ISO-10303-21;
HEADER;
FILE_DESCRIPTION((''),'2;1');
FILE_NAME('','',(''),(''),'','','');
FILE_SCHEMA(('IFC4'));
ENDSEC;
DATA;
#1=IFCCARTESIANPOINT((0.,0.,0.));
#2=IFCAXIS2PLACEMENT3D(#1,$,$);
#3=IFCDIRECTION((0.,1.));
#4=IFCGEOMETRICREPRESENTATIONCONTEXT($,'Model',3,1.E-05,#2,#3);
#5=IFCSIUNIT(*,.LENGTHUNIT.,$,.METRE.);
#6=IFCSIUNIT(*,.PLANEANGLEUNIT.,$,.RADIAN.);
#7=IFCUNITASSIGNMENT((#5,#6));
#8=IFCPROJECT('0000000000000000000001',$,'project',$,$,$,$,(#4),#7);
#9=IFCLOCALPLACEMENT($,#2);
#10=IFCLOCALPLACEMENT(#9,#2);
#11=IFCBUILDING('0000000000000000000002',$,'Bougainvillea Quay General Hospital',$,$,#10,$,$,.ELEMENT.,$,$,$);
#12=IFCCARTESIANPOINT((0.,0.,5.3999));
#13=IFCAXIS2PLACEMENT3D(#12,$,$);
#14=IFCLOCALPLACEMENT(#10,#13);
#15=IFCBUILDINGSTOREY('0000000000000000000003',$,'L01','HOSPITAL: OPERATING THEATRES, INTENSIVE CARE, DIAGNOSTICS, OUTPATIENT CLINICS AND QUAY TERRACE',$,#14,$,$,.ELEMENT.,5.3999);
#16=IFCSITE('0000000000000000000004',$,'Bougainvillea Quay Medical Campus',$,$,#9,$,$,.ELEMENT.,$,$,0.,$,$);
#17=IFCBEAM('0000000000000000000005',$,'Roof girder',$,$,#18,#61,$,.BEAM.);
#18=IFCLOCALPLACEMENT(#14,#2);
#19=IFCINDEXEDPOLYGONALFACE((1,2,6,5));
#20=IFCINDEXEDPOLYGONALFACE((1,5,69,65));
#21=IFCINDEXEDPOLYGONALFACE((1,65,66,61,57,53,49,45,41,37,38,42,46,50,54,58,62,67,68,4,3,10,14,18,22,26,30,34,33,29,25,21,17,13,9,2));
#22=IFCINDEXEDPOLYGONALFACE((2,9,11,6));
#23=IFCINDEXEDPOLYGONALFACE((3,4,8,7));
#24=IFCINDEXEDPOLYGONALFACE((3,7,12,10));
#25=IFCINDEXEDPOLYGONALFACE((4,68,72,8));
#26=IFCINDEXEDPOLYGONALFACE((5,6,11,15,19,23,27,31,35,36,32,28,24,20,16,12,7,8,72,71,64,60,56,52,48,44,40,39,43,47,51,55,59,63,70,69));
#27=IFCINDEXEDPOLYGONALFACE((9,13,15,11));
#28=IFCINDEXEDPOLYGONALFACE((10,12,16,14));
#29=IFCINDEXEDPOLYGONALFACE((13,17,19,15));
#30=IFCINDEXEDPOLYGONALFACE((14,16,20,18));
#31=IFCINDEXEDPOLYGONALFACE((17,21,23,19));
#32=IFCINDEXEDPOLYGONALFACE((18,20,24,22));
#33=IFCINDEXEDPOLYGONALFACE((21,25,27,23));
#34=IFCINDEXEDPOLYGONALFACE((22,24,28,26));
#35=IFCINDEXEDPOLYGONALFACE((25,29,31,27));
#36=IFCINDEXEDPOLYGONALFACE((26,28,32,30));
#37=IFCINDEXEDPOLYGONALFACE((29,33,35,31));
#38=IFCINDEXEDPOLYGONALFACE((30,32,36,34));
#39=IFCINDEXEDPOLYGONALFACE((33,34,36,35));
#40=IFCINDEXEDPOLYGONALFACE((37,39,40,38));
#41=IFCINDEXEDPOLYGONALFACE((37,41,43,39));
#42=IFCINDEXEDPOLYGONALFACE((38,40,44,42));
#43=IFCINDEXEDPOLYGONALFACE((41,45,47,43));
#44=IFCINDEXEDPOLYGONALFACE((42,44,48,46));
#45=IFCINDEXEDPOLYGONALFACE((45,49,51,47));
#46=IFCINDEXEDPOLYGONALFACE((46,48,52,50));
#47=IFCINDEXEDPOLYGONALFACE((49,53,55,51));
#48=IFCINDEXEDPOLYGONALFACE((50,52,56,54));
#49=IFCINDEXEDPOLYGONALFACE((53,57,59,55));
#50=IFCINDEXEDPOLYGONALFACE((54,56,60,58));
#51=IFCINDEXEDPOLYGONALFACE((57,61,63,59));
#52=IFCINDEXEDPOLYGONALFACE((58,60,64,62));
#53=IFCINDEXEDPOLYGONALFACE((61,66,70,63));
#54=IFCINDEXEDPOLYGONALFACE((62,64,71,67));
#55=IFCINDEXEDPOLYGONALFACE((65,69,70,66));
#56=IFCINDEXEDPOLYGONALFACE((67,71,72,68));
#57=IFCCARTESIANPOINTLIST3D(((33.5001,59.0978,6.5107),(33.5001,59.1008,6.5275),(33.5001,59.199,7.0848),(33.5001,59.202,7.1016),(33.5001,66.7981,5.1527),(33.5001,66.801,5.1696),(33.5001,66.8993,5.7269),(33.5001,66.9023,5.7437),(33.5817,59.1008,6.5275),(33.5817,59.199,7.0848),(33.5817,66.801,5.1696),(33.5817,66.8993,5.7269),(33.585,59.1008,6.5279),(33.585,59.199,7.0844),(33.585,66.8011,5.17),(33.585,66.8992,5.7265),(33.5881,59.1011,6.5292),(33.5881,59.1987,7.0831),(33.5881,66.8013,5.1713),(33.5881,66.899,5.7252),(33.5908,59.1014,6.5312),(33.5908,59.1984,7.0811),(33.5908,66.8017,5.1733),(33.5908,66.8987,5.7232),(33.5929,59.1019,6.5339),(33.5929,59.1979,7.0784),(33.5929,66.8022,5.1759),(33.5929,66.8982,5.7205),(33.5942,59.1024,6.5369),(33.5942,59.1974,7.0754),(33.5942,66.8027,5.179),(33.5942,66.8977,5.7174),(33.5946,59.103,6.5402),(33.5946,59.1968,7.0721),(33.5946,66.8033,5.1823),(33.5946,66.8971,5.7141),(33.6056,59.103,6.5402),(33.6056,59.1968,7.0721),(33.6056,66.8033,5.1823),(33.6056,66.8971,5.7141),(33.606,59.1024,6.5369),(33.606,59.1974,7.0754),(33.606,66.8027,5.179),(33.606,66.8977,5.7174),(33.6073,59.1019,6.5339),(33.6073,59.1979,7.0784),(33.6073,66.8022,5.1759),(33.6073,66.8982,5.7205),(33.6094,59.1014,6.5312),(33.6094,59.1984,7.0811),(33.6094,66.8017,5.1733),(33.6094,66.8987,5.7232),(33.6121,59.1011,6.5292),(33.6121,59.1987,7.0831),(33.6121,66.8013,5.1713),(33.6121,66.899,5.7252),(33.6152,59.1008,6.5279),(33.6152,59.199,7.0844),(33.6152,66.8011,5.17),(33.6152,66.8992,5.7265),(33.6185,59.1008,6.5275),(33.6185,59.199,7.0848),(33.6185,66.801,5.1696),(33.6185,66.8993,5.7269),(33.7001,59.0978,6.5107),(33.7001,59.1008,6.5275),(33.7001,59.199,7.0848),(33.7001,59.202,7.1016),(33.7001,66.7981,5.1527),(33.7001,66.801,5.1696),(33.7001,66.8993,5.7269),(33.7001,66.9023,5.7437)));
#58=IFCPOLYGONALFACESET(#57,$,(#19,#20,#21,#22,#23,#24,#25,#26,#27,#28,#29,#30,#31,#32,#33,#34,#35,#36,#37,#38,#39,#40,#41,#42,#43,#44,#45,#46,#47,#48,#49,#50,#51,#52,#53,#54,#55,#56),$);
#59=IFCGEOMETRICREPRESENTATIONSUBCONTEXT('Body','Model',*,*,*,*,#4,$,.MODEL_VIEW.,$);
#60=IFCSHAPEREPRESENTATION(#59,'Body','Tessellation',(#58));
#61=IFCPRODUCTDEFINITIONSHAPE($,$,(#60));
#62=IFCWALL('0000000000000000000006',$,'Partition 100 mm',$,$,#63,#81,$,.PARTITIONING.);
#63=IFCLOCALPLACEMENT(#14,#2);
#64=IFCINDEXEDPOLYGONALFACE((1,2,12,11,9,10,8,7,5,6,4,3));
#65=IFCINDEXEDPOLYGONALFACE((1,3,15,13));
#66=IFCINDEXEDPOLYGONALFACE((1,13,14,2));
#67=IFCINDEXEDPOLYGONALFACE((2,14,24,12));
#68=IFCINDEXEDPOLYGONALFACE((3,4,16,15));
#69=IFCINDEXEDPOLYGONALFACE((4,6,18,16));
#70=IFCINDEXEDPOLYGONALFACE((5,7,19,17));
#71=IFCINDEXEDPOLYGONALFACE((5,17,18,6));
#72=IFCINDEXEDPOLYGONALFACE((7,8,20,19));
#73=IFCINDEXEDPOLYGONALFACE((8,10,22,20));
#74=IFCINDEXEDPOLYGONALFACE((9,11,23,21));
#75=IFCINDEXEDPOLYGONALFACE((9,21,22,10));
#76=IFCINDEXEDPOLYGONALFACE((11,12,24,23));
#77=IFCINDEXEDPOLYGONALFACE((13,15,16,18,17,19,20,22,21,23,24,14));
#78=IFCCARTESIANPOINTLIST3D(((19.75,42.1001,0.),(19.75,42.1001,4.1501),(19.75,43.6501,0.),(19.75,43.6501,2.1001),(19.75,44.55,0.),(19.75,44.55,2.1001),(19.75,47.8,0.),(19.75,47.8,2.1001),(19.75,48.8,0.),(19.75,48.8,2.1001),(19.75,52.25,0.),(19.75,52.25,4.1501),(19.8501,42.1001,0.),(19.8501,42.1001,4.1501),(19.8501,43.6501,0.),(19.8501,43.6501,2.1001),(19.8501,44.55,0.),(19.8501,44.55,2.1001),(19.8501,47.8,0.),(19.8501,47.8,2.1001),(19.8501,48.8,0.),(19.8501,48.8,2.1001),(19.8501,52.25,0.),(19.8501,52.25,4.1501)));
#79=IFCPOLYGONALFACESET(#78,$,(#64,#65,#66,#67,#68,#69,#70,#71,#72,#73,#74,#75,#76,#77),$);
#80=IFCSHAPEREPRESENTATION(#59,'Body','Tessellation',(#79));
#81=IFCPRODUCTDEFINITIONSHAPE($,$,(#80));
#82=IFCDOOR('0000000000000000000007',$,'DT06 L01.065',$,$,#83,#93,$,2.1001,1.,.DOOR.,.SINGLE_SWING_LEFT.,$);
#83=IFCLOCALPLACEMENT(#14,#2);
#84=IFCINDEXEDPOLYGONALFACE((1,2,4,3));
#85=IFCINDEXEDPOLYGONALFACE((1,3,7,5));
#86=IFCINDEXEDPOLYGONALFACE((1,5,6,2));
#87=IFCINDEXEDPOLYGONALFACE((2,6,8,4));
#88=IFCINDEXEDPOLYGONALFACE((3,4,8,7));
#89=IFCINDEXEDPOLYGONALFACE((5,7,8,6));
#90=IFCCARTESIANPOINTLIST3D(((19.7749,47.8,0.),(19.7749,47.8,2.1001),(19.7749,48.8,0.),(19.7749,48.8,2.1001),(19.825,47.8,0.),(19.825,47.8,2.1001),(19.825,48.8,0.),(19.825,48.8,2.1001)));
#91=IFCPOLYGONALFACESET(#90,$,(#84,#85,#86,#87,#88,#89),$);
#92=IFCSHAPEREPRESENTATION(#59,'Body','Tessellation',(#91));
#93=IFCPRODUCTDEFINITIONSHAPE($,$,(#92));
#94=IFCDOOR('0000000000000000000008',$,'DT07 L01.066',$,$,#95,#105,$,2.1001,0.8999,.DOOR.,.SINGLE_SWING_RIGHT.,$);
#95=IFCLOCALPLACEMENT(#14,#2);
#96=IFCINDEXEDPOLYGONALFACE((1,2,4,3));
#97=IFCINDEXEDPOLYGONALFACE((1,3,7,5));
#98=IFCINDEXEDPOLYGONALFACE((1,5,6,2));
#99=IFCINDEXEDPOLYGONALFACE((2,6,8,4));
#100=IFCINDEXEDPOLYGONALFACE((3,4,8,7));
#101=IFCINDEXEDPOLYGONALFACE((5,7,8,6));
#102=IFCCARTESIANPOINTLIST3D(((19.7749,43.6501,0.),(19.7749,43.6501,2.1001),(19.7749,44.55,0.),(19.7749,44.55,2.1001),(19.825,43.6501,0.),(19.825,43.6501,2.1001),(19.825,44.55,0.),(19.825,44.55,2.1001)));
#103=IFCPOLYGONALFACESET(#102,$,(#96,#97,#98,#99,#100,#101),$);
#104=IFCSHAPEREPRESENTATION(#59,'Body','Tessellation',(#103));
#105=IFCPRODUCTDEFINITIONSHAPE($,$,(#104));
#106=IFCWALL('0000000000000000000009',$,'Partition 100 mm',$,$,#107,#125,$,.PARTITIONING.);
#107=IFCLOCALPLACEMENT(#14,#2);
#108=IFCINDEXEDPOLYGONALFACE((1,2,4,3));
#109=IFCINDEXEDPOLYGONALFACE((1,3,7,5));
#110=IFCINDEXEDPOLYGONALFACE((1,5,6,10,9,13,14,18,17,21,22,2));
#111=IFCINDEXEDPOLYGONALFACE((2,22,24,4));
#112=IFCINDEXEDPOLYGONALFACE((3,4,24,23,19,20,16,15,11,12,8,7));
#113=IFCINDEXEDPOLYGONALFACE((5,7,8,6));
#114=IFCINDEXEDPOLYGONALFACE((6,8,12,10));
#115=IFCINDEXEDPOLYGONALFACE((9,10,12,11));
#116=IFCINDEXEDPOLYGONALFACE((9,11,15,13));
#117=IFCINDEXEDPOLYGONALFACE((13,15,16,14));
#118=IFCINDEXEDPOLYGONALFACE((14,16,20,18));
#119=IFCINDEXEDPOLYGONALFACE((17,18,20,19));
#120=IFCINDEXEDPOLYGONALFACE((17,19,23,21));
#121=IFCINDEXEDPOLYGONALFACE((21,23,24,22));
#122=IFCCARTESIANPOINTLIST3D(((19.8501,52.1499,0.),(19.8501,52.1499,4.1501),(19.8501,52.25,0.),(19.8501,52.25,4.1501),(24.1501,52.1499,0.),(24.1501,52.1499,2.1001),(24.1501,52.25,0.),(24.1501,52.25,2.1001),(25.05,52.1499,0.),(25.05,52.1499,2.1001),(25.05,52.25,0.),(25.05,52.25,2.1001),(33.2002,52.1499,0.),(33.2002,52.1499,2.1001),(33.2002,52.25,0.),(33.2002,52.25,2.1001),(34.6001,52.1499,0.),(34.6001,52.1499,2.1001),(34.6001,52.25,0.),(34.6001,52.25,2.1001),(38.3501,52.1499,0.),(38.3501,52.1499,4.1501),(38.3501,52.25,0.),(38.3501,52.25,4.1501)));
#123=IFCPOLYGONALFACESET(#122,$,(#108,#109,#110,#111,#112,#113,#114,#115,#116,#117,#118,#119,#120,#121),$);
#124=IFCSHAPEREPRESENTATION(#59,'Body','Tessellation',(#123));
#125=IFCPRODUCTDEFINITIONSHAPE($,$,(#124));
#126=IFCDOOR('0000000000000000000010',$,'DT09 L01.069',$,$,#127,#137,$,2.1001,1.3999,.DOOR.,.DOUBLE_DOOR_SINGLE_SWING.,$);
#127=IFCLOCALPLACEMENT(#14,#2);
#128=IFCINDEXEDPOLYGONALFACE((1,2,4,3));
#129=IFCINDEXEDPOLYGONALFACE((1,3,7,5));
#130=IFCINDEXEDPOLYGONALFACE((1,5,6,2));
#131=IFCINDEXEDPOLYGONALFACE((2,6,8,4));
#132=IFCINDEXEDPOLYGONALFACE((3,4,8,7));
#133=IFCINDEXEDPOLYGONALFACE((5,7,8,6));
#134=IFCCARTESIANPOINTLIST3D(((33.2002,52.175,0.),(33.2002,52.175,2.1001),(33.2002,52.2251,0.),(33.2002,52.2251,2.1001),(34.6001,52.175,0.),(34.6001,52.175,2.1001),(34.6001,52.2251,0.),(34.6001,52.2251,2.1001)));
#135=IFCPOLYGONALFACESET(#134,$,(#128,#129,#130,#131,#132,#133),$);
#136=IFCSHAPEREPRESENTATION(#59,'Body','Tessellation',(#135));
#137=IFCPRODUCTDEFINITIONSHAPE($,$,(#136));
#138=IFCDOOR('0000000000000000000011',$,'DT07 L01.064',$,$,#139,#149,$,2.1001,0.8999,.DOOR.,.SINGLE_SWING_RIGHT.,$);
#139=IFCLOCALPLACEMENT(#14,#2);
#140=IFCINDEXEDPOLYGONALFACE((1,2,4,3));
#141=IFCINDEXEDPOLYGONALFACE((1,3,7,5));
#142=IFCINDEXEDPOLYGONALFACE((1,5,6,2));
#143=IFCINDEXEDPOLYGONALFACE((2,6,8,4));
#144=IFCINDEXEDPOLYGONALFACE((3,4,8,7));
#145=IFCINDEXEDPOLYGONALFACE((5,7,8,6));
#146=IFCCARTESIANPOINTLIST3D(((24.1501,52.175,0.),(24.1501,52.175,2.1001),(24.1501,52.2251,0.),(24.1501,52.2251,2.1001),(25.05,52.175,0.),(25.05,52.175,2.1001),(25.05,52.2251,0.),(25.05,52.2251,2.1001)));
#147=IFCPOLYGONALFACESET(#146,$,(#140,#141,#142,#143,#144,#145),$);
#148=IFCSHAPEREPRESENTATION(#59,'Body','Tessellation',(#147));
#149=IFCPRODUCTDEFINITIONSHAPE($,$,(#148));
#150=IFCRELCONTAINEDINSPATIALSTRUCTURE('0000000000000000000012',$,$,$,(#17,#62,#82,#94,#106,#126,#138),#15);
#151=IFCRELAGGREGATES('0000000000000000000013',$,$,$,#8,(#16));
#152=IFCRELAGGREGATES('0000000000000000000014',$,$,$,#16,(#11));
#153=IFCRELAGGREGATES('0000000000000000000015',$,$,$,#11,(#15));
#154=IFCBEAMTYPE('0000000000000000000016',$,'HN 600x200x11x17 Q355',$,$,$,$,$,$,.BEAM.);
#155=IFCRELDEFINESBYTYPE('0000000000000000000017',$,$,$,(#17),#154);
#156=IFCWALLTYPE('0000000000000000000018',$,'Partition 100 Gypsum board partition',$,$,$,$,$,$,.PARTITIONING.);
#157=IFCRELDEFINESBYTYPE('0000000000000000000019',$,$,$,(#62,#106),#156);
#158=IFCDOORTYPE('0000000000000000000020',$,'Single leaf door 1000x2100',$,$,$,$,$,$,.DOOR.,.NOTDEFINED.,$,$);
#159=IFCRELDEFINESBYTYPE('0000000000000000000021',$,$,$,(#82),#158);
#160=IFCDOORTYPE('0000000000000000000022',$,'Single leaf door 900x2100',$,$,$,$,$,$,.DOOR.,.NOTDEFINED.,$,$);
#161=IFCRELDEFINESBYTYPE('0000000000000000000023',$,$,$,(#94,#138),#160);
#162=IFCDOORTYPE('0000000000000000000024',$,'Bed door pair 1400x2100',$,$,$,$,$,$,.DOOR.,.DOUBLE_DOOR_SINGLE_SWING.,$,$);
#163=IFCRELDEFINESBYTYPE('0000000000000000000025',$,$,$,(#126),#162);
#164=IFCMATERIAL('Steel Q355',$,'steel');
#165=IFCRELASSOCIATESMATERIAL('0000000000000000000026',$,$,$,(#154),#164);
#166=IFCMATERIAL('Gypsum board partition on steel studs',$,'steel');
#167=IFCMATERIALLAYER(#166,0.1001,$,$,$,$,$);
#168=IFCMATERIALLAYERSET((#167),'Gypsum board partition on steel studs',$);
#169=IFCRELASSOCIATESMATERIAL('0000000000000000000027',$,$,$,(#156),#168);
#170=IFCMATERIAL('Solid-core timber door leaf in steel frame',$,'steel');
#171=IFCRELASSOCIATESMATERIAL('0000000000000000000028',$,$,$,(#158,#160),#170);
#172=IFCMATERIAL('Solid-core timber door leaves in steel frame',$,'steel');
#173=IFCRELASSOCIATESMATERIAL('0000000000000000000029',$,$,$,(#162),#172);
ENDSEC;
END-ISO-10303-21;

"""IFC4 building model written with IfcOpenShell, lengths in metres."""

from ifc_helpers import new_model, si_unit, direction, frame, frame_2d, origin, origin_2d, place, context, subcontext, project, spatial, rectangle, i_section, extrude, material, layer, layer_set, material_profile, profile_set, type_object, element, fill, save


model = new_model("IFC4")

# Units and contexts
model_context = context("Model", 3, precision=1e-05, world=origin(), true_north=direction((0.0, 1.0)))
body_context = subcontext(model_context, "Body", "Model", "MODEL_VIEW")
ifc_project = project(units=[si_unit("LENGTHUNIT", "METRE"), si_unit("PLANEANGLEUNIT", "RADIAN")], contexts=[model_context])

# Site, building, storey
site_placement = place(None, origin())
site = spatial("IfcSite", under=ifc_project, at=site_placement, Name="Bougainvillea Quay Medical Campus", CompositionType="ELEMENT", RefElevation=0.0)
building_placement = place(site_placement, origin())
building = spatial("IfcBuilding", under=site, at=building_placement, Name="Bougainvillea Quay General Hospital", CompositionType="ELEMENT")
storey_placement = place(building_placement, frame((0.0, 0.0, 5.3999)))
storey = spatial("IfcBuildingStorey", under=building, at=storey_placement, Name="L01", Description="HOSPITAL: OPERATING THEATRES, INTENSIVE CARE, DIAGNOSTICS, OUTPATIENT CLINICS AND QUAY TERRACE", CompositionType="ELEMENT", Elevation=5.3999)

# Beam
ifc_material_1 = material(Name="Steel Q355", Category="steel")
ifc_material_profile_1 = material_profile(ifc_material_1, i_section(OverallWidth=0.2, OverallDepth=0.6001, WebThickness=0.011, FlangeThickness=0.0171, FilletRadius=0.0129, at=origin_2d()))
ifc_profile_set_1 = profile_set([ifc_material_profile_1], Name="Steel Q355")
beam_type = type_object("IfcBeamType", Name="HN 600x200x11x17 Q355", PredefinedType="BEAM", material=ifc_profile_set_1)
for number, where, z_axis, x_axis, name in (
    (1, (33.6001, 59.1499, 6.8062), (0.0, 0.984804, -0.173668), (-1.0, 0.0, 0.0), "Roof girder"),
):
    element("IfcBeam", number, at=place(storey_placement, frame(where, z_axis=z_axis, x_axis=x_axis)), inside=storey, type_object=beam_type, Name=name, PredefinedType="BEAM", context=body_context, shape_type="SweptSolid", body=[
        extrude(i_section(OverallWidth=0.2, OverallDepth=0.6001, WebThickness=0.011, FlangeThickness=0.0171, FilletRadius=0.0129, at=origin_2d()), origin(), (0.0, 0.0, 1.0), 7.8191),
    ])

# Walls, openings, doors
ifc_material_2 = material(Name="Gypsum board partition on steel studs", Category="steel")
ifc_layer_1 = layer(ifc_material_2, 0.1001)
ifc_layer_set_1 = layer_set([ifc_layer_1], Name="Gypsum board partition on steel studs")
wall_type_1 = type_object("IfcWallType", Name="Partition 100 Gypsum board partition", PredefinedType="PARTITIONING", material=ifc_layer_set_1)
wall_1_placement = place(storey_placement, frame((19.8, 52.25, 0.0), z_axis=(0.0, 0.0, 1.0), x_axis=(0.0, -1.0, 0.0)))
wall_1 = element("IfcWall", 2, at=wall_1_placement, inside=storey, type_object=wall_type_1, Name="Partition 100 mm", PredefinedType="PARTITIONING", context=body_context, shape_type="SweptSolid", body=[
    extrude(rectangle(XDim=10.1499, YDim=0.1001, at=frame_2d((5.075, 0.0))), origin(), (0.0, 0.0, 1.0), 4.1501),
])
opening_1_placement = place(wall_1_placement, frame((3.45, 0.0, 0.0)))
opening_1 = element("IfcOpeningElement", 3, at=opening_1_placement, cuts=wall_1, PredefinedType="OPENING", context=body_context, shape_type="SweptSolid", body=[
    extrude(rectangle(XDim=1.0, YDim=2.1001, at=frame_2d((0.5, 1.05))), frame((0.0, 0.0601, 0.0), z_axis=(0.0, -1.0, 0.0), x_axis=(1.0, 0.0, 0.0)), (0.0, 0.0, 1.0), 0.1201),
])
opening_2_placement = place(wall_1_placement, frame((7.7, 0.0, 0.0)))
opening_2 = element("IfcOpeningElement", 4, at=opening_2_placement, cuts=wall_1, PredefinedType="OPENING", context=body_context, shape_type="SweptSolid", body=[
    extrude(rectangle(XDim=0.8999, YDim=2.1001, at=frame_2d((0.45, 1.05))), frame((0.0, 0.0601, 0.0), z_axis=(0.0, -1.0, 0.0), x_axis=(1.0, 0.0, 0.0)), (0.0, 0.0, 1.0), 0.1201),
])
ifc_material_3 = material(Name="Solid-core timber door leaf in steel frame", Category="steel")
door_type_1 = type_object("IfcDoorType", Name="Single leaf door 1000x2100", OperationType="NOTDEFINED", PredefinedType="DOOR", material=ifc_material_3)
door_1_placement = place(opening_1_placement, origin())
door_1 = element("IfcDoor", 5, at=door_1_placement, inside=storey, type_object=door_type_1, Name="DT06 L01.065", OperationType="SINGLE_SWING_LEFT", OverallHeight=2.1001, OverallWidth=1.0, PredefinedType="DOOR", context=body_context, shape_type="SweptSolid", body=[
    extrude(rectangle(XDim=1.0, YDim=2.1001, at=frame_2d((0.5, 1.05))), frame((0.0, 0.0249, 0.0), z_axis=(0.0, -1.0, 0.0), x_axis=(1.0, 0.0, 0.0)), (0.0, 0.0, 1.0), 0.05),
])
fill(opening_1, door_1)
door_type_2 = type_object("IfcDoorType", Name="Single leaf door 900x2100", OperationType="NOTDEFINED", PredefinedType="DOOR", material=ifc_material_3)
door_2_placement = place(opening_2_placement, origin())
door_2 = element("IfcDoor", 6, at=door_2_placement, inside=storey, type_object=door_type_2, Name="DT07 L01.066", OperationType="SINGLE_SWING_RIGHT", OverallHeight=2.1001, OverallWidth=0.8999, PredefinedType="DOOR", context=body_context, shape_type="SweptSolid", body=[
    extrude(rectangle(XDim=0.8999, YDim=2.1001, at=frame_2d((0.45, 1.05))), frame((0.0, 0.0249, 0.0), z_axis=(0.0, -1.0, 0.0), x_axis=(1.0, 0.0, 0.0)), (0.0, 0.0, 1.0), 0.05),
])
fill(opening_2, door_2)
wall_2_placement = place(storey_placement, frame((19.8501, 52.2, 0.0), z_axis=(0.0, 0.0, 1.0), x_axis=(1.0, 0.0, 0.0)))
wall_2 = element("IfcWall", 7, at=wall_2_placement, inside=storey, type_object=wall_type_1, Name="Partition 100 mm", PredefinedType="PARTITIONING", context=body_context, shape_type="SweptSolid", body=[
    extrude(rectangle(XDim=18.5, YDim=0.1001, at=frame_2d((9.25, 0.0))), origin(), (0.0, 0.0, 1.0), 4.1501),
])
opening_3_placement = place(wall_2_placement, frame((4.3, 0.0, 0.0)))
opening_3 = element("IfcOpeningElement", 8, at=opening_3_placement, cuts=wall_2, PredefinedType="OPENING", context=body_context, shape_type="SweptSolid", body=[
    extrude(rectangle(XDim=0.8999, YDim=2.1001, at=frame_2d((0.45, 1.05))), frame((0.0, 0.0601, 0.0), z_axis=(0.0, -1.0, 0.0), x_axis=(1.0, 0.0, 0.0)), (0.0, 0.0, 1.0), 0.1201),
])
opening_4_placement = place(wall_2_placement, frame((13.3501, 0.0, 0.0)))
opening_4 = element("IfcOpeningElement", 9, at=opening_4_placement, cuts=wall_2, PredefinedType="OPENING", context=body_context, shape_type="SweptSolid", body=[
    extrude(rectangle(XDim=1.3999, YDim=2.1001, at=frame_2d((0.7, 1.05))), frame((0.0, 0.0601, 0.0), z_axis=(0.0, -1.0, 0.0), x_axis=(1.0, 0.0, 0.0)), (0.0, 0.0, 1.0), 0.1201),
])
ifc_material_4 = material(Name="Solid-core timber door leaves in steel frame", Category="steel")
door_type_3 = type_object("IfcDoorType", Name="Bed door pair 1400x2100", OperationType="DOUBLE_DOOR_SINGLE_SWING", PredefinedType="DOOR", material=ifc_material_4)
door_3_placement = place(opening_4_placement, frame((1.3999, 0.0, 0.0), z_axis=(0.0, 0.0, 1.0), x_axis=(-1.0, 0.0, 0.0)))
door_3 = element("IfcDoor", 10, at=door_3_placement, inside=storey, type_object=door_type_3, Name="DT09 L01.069", OperationType="DOUBLE_DOOR_SINGLE_SWING", OverallHeight=2.1001, OverallWidth=1.3999, PredefinedType="DOOR", context=body_context, shape_type="SweptSolid", body=[
    extrude(rectangle(XDim=1.3999, YDim=2.1001, at=frame_2d((0.7, 1.05))), frame((0.0, 0.0249, 0.0), z_axis=(0.0, -1.0, 0.0), x_axis=(1.0, 0.0, 0.0)), (0.0, 0.0, 1.0), 0.05),
])
fill(opening_4, door_3)
door_4_placement = place(opening_3_placement, frame((0.8999, 0.0, 0.0), z_axis=(0.0, 0.0, 1.0), x_axis=(-1.0, 0.0, 0.0)))
door_4 = element("IfcDoor", 11, at=door_4_placement, inside=storey, type_object=door_type_2, Name="DT07 L01.064", OperationType="SINGLE_SWING_RIGHT", OverallHeight=2.1001, OverallWidth=0.8999, PredefinedType="DOOR", context=body_context, shape_type="SweptSolid", body=[
    extrude(rectangle(XDim=0.8999, YDim=2.1001, at=frame_2d((0.45, 1.05))), frame((0.0, 0.0249, 0.0), z_axis=(0.0, -1.0, 0.0), x_axis=(1.0, 0.0, 0.0)), (0.0, 0.0, 1.0), 0.05),
])
fill(opening_3, door_4)

save(model, "model.ifc")
